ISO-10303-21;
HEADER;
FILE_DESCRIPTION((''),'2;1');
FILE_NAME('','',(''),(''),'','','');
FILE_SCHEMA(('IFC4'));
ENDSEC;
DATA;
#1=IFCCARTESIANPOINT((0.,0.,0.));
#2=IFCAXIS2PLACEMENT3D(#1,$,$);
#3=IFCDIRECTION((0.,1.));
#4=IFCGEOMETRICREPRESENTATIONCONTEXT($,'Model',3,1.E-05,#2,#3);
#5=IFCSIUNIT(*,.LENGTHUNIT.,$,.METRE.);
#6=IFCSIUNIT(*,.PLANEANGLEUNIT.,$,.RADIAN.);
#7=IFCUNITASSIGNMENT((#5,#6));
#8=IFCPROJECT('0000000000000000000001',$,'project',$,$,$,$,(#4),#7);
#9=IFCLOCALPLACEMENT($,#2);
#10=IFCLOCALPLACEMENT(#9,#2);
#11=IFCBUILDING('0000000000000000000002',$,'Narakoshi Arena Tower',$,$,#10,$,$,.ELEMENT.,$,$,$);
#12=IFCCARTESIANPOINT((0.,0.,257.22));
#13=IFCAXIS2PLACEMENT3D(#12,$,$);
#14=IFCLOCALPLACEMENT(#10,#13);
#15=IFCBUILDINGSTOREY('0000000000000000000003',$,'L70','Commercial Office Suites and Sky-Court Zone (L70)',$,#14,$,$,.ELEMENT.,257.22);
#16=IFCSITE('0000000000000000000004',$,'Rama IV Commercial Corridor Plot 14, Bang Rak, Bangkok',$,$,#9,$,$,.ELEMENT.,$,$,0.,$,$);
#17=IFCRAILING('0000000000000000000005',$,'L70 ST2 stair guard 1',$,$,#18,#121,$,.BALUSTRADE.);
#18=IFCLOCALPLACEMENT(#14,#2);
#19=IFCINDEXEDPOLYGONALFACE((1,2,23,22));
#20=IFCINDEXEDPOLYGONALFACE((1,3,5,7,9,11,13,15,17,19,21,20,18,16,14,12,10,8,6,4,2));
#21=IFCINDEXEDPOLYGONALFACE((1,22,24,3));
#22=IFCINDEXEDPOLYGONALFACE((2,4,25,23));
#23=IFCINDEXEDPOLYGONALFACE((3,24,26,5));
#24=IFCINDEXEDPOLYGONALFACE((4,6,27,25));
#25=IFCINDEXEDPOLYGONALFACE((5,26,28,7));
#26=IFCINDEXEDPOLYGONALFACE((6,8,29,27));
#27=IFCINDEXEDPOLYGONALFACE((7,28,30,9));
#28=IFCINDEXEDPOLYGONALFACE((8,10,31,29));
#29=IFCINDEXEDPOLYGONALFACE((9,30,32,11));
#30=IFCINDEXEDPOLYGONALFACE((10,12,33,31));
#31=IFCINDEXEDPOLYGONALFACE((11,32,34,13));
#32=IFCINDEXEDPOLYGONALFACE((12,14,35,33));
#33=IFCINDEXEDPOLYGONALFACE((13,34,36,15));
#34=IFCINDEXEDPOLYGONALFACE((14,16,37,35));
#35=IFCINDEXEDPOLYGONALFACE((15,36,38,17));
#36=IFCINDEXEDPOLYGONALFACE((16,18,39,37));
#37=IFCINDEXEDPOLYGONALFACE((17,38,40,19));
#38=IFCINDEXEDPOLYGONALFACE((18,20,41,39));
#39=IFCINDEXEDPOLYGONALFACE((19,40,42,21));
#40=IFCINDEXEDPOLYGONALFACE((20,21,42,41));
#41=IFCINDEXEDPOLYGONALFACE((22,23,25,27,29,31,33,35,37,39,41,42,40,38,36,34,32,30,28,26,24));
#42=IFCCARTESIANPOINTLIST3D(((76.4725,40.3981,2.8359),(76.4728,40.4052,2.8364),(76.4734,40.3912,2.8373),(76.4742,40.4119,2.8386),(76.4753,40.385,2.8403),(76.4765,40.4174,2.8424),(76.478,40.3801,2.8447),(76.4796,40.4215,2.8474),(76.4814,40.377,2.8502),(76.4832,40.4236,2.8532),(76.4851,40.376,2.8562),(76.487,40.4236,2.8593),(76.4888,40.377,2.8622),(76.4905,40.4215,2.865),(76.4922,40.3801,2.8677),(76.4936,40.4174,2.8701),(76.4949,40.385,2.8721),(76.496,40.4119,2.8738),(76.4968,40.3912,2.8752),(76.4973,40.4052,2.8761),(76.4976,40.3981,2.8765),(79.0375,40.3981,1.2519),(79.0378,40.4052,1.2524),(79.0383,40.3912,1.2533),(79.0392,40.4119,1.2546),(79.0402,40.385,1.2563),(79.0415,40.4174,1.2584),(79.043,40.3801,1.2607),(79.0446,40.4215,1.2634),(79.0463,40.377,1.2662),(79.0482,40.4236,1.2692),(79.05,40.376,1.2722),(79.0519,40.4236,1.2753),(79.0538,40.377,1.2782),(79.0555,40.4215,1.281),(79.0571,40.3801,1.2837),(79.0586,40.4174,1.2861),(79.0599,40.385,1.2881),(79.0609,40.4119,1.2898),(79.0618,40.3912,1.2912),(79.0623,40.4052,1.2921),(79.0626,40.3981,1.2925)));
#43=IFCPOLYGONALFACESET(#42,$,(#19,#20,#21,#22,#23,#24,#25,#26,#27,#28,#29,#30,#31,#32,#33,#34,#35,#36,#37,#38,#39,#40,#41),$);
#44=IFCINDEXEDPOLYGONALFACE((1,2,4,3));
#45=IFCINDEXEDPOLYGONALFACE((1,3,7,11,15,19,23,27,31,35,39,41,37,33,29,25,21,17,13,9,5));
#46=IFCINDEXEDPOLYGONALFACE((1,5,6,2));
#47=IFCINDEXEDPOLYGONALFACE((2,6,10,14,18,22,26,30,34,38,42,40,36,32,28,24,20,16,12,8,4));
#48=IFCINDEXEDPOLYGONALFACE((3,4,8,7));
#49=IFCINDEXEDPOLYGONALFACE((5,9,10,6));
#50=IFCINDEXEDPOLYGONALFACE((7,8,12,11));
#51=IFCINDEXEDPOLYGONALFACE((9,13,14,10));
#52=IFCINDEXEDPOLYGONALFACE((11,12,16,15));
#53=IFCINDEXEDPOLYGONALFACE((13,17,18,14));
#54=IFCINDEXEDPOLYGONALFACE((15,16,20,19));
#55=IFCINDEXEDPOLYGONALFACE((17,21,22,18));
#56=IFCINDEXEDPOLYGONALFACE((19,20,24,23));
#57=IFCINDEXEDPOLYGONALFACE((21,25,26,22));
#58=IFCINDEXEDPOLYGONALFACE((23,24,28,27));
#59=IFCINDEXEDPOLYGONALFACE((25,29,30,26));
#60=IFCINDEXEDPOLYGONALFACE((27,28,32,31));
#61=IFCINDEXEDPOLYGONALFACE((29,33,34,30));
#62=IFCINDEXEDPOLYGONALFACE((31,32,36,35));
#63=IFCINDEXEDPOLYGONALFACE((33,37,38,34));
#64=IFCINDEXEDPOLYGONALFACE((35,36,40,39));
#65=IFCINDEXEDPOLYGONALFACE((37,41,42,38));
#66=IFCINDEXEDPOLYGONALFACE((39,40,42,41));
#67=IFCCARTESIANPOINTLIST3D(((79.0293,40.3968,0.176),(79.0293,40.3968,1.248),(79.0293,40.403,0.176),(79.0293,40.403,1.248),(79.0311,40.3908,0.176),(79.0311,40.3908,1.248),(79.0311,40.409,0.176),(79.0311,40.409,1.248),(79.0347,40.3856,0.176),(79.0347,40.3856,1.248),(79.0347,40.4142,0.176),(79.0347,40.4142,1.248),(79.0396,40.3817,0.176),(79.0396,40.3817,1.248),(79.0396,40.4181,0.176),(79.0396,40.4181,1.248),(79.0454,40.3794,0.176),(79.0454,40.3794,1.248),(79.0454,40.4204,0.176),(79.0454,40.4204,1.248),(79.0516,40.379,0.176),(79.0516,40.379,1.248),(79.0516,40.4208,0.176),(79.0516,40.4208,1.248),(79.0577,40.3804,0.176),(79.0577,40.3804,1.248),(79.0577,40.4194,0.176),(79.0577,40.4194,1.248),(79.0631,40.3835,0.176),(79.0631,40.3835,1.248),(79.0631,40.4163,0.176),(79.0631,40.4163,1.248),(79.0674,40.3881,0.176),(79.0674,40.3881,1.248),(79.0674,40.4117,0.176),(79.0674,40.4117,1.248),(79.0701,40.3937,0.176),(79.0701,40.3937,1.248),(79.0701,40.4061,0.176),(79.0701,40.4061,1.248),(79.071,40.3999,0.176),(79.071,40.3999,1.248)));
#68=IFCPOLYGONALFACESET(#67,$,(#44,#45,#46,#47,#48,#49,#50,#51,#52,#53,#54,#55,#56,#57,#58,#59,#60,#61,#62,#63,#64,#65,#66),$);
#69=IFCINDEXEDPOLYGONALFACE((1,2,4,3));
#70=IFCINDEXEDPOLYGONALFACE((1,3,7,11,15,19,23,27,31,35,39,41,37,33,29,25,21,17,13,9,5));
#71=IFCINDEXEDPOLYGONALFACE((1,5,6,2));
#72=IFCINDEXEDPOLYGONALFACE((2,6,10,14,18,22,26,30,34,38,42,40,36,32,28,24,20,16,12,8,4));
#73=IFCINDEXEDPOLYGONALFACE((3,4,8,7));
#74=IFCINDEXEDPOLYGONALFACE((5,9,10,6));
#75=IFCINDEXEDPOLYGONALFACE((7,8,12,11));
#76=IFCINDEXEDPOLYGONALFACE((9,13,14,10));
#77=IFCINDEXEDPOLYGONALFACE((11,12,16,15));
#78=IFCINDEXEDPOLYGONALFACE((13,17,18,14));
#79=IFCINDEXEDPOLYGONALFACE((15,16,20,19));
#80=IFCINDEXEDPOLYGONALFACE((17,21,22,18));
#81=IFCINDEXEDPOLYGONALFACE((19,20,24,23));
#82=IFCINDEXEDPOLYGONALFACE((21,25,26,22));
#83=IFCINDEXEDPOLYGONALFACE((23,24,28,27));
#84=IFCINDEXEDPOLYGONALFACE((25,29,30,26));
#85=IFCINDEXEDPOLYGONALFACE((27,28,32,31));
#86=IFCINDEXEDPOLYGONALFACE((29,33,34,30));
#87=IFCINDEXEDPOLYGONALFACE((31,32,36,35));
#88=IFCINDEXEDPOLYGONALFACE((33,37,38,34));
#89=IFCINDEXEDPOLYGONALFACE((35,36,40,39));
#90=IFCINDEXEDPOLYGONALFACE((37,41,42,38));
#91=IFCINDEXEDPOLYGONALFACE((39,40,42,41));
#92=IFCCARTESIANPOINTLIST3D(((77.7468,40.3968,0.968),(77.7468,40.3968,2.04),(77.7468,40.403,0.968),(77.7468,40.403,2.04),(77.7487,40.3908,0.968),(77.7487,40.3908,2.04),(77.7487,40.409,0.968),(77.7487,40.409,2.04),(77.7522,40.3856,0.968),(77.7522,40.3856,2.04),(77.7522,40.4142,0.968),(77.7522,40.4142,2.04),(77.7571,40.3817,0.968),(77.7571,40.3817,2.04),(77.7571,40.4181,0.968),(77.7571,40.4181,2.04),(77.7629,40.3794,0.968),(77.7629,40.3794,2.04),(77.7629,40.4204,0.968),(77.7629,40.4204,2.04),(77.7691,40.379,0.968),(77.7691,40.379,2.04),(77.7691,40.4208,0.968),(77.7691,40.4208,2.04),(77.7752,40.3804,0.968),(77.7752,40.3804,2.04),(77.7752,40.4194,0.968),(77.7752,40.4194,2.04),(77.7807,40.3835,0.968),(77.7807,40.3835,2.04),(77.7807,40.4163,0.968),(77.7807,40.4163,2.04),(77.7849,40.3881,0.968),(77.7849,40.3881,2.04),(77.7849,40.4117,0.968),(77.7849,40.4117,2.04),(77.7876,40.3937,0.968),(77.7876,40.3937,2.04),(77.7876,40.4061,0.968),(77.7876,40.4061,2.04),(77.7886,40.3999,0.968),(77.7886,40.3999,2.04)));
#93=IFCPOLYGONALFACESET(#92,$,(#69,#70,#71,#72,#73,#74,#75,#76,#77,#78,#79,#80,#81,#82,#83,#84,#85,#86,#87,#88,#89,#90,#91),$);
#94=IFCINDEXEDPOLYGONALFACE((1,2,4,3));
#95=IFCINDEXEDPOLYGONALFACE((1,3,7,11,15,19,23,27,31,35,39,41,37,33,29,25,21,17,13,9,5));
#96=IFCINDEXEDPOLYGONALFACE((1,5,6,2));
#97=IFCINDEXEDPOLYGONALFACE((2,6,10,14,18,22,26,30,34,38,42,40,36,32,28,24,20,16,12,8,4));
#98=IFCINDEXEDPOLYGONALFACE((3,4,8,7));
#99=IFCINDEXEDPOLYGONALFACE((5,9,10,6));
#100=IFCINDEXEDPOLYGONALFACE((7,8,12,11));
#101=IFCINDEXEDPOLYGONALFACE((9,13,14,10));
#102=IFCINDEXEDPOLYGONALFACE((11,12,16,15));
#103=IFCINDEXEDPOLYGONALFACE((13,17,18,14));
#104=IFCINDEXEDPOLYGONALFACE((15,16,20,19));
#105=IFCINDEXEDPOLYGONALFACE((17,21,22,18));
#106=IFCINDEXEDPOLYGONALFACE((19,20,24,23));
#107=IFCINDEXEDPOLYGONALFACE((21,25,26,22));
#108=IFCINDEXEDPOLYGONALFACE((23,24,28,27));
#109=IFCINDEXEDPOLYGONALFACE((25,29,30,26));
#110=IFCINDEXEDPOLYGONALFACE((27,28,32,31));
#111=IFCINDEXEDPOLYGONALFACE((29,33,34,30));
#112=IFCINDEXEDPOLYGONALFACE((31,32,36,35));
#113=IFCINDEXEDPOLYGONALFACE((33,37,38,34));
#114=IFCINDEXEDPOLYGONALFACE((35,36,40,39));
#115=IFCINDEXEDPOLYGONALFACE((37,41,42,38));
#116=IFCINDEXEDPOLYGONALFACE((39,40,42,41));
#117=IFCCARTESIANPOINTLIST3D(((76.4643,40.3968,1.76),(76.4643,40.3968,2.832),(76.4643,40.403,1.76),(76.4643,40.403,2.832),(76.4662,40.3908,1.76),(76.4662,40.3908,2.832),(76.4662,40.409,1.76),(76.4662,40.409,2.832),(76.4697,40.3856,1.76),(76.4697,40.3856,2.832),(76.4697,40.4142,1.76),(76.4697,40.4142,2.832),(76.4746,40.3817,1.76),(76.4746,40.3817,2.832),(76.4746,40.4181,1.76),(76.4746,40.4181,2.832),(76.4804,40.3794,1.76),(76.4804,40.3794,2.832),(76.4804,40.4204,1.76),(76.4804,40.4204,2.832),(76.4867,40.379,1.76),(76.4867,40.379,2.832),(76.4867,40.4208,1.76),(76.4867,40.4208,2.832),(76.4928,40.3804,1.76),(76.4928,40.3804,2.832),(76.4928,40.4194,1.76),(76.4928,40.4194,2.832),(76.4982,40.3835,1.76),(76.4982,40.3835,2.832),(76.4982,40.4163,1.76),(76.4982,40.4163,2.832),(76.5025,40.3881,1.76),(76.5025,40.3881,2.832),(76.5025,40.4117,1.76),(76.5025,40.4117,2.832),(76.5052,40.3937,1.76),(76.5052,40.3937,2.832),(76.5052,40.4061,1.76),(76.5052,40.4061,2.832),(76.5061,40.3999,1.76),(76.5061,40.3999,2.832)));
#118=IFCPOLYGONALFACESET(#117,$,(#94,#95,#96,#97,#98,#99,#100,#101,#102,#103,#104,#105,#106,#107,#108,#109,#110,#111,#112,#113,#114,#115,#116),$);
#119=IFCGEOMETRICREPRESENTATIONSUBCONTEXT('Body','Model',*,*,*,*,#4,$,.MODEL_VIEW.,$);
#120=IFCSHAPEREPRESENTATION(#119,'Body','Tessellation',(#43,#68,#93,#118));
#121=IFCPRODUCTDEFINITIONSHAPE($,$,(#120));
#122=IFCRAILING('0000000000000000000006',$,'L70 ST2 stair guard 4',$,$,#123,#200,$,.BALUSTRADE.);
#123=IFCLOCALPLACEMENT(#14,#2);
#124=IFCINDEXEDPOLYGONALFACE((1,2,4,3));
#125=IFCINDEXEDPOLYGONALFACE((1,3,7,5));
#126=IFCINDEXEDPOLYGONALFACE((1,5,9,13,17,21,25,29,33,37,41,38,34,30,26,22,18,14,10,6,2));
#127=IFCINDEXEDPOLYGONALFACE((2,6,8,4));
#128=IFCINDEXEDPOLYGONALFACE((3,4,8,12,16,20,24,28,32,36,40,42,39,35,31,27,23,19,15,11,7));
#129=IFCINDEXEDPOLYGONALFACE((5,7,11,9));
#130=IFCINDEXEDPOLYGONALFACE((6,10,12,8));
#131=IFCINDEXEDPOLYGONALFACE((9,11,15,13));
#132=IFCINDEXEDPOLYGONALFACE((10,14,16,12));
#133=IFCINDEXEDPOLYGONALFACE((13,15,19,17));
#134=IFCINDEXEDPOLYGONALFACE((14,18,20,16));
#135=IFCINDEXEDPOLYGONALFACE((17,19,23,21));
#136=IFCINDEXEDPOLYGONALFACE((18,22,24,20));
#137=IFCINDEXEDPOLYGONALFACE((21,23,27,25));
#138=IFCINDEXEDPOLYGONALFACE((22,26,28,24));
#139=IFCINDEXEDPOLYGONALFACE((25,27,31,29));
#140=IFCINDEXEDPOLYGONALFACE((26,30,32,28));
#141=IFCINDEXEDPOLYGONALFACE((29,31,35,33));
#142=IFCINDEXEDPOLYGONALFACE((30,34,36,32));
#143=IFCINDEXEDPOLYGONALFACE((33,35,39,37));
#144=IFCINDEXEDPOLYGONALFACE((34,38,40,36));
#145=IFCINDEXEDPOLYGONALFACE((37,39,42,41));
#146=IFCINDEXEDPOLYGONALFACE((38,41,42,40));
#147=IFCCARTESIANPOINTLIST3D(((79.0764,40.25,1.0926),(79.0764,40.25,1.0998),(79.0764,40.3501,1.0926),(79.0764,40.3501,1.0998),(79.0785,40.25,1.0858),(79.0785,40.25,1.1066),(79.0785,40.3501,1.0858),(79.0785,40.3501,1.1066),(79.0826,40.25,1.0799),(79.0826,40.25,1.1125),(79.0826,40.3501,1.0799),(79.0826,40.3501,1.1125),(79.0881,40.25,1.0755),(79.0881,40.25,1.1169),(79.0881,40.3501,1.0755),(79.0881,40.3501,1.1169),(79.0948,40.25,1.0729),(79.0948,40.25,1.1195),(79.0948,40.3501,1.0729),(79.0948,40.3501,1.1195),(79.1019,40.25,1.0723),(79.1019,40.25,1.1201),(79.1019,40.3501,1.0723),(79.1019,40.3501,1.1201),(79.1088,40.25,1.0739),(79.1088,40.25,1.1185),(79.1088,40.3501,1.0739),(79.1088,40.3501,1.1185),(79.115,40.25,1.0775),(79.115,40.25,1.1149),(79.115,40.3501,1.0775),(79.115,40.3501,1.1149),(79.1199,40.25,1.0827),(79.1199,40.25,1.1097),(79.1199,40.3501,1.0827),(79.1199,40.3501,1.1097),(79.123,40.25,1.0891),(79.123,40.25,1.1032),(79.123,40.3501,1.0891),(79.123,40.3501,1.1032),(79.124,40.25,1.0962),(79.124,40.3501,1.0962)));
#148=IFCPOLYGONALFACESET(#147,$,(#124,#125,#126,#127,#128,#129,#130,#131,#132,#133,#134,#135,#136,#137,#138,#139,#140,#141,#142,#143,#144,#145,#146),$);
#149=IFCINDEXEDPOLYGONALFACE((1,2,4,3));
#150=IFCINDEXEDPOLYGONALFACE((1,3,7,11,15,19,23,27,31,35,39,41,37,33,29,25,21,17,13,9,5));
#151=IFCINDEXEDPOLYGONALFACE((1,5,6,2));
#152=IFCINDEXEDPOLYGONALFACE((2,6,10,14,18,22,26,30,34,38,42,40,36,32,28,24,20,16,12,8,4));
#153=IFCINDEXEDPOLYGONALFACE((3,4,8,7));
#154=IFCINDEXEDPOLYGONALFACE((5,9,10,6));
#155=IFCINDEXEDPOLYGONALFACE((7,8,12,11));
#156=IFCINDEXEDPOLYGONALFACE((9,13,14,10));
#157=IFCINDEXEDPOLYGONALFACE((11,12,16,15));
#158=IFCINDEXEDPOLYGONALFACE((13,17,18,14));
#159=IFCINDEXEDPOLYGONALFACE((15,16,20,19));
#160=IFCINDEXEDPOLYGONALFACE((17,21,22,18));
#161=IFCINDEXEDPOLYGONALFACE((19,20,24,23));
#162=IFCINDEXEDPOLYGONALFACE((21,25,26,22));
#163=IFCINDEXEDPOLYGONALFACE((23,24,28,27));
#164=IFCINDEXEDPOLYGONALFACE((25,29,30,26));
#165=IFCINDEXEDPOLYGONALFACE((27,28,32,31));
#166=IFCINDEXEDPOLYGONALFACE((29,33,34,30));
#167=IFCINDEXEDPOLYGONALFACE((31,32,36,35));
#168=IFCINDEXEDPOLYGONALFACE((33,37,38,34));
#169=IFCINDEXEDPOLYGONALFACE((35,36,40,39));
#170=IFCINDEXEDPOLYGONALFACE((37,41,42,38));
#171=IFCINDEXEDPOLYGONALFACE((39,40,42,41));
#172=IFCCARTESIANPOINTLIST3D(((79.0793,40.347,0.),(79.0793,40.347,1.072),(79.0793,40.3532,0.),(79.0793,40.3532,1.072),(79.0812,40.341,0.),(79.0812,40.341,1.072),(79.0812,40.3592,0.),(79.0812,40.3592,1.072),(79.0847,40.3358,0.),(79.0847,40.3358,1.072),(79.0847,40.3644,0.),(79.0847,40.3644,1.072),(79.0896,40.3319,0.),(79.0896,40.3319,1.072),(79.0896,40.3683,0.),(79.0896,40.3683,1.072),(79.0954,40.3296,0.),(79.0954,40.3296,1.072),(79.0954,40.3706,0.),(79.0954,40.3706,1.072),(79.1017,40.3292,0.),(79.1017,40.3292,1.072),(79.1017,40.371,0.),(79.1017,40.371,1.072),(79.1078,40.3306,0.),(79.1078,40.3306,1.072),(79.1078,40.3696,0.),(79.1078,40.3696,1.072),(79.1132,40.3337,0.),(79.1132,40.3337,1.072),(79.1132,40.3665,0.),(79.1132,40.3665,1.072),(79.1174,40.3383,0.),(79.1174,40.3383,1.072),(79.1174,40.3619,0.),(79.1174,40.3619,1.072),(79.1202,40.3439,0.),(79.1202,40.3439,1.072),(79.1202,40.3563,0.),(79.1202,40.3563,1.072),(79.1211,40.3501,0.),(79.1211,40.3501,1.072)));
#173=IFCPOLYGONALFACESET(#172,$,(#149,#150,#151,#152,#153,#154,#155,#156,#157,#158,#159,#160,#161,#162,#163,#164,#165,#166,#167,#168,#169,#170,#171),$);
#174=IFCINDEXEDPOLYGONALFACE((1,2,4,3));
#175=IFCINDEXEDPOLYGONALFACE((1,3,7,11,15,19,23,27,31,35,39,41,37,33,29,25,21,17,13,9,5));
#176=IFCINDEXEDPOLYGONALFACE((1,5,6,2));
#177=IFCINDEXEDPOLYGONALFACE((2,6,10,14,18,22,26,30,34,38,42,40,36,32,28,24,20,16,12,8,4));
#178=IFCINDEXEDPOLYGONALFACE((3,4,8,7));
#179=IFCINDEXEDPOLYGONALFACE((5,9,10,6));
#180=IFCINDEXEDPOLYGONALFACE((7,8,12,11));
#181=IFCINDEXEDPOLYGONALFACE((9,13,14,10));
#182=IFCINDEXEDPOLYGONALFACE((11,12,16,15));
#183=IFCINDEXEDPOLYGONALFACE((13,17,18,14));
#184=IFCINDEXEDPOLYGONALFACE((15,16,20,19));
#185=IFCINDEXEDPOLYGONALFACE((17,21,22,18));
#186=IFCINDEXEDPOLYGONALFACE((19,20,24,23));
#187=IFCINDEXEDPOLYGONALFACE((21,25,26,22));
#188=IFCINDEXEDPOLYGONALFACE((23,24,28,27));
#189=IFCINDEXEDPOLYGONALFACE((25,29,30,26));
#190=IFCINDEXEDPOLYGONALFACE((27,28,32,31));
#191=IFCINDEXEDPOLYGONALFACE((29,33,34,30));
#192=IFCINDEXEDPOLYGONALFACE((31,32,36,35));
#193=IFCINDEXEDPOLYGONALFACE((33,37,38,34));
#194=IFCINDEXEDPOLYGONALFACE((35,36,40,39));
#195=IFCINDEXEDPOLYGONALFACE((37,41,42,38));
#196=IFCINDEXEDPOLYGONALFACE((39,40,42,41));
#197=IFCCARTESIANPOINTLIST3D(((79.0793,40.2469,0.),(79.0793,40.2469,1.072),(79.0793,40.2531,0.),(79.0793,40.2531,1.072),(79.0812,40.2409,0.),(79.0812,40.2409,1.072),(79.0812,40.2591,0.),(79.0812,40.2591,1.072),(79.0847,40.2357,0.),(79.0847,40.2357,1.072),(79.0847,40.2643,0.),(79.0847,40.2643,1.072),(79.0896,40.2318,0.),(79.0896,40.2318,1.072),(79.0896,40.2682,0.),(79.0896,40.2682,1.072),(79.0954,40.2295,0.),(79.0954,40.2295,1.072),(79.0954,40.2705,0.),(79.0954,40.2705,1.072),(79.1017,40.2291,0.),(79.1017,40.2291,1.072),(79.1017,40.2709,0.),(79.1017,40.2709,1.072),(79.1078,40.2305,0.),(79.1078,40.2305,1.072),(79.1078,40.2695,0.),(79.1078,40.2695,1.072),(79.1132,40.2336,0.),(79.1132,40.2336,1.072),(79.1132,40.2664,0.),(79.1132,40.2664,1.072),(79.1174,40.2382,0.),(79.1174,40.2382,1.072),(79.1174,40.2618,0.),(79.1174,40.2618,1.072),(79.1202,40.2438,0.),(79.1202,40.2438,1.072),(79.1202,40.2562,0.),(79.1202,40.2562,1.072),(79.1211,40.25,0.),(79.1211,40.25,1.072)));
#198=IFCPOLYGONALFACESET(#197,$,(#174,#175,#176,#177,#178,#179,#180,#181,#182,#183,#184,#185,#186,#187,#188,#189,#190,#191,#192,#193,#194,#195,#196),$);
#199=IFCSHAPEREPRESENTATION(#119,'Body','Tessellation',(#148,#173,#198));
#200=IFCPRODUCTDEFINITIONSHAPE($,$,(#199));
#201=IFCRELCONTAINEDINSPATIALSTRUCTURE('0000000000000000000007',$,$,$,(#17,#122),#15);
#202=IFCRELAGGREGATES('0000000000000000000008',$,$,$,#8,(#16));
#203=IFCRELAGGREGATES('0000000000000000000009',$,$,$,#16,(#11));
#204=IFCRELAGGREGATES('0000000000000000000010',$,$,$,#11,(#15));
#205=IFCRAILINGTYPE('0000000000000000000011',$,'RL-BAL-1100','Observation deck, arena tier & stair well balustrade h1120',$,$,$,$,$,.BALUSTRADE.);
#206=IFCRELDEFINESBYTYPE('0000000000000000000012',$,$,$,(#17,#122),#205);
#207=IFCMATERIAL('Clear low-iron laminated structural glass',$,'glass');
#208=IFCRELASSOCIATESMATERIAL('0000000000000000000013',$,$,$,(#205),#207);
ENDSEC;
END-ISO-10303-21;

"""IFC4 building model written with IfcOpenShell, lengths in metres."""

from ifc_helpers import new_model, si_unit, direction, frame, origin, origin_2d, place, context, subcontext, project, spatial, circle, extrude, material, type_object, element, save


model = new_model("IFC4")

# Units and contexts
model_context = context("Model", 3, precision=1e-05, world=origin(), true_north=direction((0.0, 1.0)))
body_context = subcontext(model_context, "Body", "Model", "MODEL_VIEW")
ifc_project = project(units=[si_unit("LENGTHUNIT", "METRE"), si_unit("PLANEANGLEUNIT", "RADIAN")], contexts=[model_context])

# Site, building, storey
site_placement = place(None, origin())
site = spatial("IfcSite", under=ifc_project, at=site_placement, Name="Rama IV Commercial Corridor Plot 14, Bang Rak, Bangkok", CompositionType="ELEMENT", RefElevation=0.0)
building_placement = place(site_placement, origin())
building = spatial("IfcBuilding", under=site, at=building_placement, Name="Narakoshi Arena Tower", CompositionType="ELEMENT")
storey_placement = place(building_placement, frame((0.0, 0.0, 257.22)))
storey = spatial("IfcBuildingStorey", under=building, at=storey_placement, Name="L70", Description="Commercial Office Suites and Sky-Court Zone (L70)", CompositionType="ELEMENT", Elevation=257.22)

# Railings
ifc_material_1 = material(Name="Clear low-iron laminated structural glass", Category="glass")
railing_type_1 = type_object("IfcRailingType", Name="RL-BAL-1100", Description="Observation deck, arena tier & stair well balustrade h1120", PredefinedType="BALUSTRADE", material=ifc_material_1)
railing_1_placement = place(storey_placement, frame((79.05, 40.3999, 0.176)))
element("IfcRailing", 1, at=railing_1_placement, inside=storey, type_object=railing_type_1, Name="L70 ST2 stair guard 1", PredefinedType="BALUSTRADE", context=body_context, shape_type="SweptSolid", body=[
    extrude(circle(Radius=0.0239, at=origin_2d()), frame((0.0, 0.0, 1.0962), z_axis=(-0.850834, 0.0, 0.525434), x_axis=(0.0, -1.0, 0.0)), (0.0, 0.0, 1.0), 3.0146),
    extrude(circle(Radius=0.021, at=origin_2d()), origin(), (0.0, 0.0, 1.0), 1.072),
    extrude(circle(Radius=0.021, at=origin_2d()), frame((-1.2825, 0.0, 0.792)), (0.0, 0.0, 1.0), 1.072),
    extrude(circle(Radius=0.021, at=origin_2d()), frame((-2.5649, 0.0, 1.584)), (0.0, 0.0, 1.0), 1.072),
])
railing_2_placement = place(storey_placement, frame((79.1001, 40.3501, 0.0)))
element("IfcRailing", 2, at=railing_2_placement, inside=storey, type_object=railing_type_1, Name="L70 ST2 stair guard 4", PredefinedType="BALUSTRADE", context=body_context, shape_type="SweptSolid", body=[
    extrude(circle(Radius=0.0239, at=origin_2d()), frame((0.0, 0.0, 1.0962), z_axis=(0.0, -1.0, 0.0), x_axis=(1.0, 0.0, 0.0)), (0.0, 0.0, 1.0), 0.1001),
    extrude(circle(Radius=0.021, at=origin_2d()), origin(), (0.0, 0.0, 1.0), 1.072),
    extrude(circle(Radius=0.021, at=origin_2d()), frame((0.0, -0.1001, 0.0)), (0.0, 0.0, 1.0), 1.072),
])

save(model, "model.ifc")
